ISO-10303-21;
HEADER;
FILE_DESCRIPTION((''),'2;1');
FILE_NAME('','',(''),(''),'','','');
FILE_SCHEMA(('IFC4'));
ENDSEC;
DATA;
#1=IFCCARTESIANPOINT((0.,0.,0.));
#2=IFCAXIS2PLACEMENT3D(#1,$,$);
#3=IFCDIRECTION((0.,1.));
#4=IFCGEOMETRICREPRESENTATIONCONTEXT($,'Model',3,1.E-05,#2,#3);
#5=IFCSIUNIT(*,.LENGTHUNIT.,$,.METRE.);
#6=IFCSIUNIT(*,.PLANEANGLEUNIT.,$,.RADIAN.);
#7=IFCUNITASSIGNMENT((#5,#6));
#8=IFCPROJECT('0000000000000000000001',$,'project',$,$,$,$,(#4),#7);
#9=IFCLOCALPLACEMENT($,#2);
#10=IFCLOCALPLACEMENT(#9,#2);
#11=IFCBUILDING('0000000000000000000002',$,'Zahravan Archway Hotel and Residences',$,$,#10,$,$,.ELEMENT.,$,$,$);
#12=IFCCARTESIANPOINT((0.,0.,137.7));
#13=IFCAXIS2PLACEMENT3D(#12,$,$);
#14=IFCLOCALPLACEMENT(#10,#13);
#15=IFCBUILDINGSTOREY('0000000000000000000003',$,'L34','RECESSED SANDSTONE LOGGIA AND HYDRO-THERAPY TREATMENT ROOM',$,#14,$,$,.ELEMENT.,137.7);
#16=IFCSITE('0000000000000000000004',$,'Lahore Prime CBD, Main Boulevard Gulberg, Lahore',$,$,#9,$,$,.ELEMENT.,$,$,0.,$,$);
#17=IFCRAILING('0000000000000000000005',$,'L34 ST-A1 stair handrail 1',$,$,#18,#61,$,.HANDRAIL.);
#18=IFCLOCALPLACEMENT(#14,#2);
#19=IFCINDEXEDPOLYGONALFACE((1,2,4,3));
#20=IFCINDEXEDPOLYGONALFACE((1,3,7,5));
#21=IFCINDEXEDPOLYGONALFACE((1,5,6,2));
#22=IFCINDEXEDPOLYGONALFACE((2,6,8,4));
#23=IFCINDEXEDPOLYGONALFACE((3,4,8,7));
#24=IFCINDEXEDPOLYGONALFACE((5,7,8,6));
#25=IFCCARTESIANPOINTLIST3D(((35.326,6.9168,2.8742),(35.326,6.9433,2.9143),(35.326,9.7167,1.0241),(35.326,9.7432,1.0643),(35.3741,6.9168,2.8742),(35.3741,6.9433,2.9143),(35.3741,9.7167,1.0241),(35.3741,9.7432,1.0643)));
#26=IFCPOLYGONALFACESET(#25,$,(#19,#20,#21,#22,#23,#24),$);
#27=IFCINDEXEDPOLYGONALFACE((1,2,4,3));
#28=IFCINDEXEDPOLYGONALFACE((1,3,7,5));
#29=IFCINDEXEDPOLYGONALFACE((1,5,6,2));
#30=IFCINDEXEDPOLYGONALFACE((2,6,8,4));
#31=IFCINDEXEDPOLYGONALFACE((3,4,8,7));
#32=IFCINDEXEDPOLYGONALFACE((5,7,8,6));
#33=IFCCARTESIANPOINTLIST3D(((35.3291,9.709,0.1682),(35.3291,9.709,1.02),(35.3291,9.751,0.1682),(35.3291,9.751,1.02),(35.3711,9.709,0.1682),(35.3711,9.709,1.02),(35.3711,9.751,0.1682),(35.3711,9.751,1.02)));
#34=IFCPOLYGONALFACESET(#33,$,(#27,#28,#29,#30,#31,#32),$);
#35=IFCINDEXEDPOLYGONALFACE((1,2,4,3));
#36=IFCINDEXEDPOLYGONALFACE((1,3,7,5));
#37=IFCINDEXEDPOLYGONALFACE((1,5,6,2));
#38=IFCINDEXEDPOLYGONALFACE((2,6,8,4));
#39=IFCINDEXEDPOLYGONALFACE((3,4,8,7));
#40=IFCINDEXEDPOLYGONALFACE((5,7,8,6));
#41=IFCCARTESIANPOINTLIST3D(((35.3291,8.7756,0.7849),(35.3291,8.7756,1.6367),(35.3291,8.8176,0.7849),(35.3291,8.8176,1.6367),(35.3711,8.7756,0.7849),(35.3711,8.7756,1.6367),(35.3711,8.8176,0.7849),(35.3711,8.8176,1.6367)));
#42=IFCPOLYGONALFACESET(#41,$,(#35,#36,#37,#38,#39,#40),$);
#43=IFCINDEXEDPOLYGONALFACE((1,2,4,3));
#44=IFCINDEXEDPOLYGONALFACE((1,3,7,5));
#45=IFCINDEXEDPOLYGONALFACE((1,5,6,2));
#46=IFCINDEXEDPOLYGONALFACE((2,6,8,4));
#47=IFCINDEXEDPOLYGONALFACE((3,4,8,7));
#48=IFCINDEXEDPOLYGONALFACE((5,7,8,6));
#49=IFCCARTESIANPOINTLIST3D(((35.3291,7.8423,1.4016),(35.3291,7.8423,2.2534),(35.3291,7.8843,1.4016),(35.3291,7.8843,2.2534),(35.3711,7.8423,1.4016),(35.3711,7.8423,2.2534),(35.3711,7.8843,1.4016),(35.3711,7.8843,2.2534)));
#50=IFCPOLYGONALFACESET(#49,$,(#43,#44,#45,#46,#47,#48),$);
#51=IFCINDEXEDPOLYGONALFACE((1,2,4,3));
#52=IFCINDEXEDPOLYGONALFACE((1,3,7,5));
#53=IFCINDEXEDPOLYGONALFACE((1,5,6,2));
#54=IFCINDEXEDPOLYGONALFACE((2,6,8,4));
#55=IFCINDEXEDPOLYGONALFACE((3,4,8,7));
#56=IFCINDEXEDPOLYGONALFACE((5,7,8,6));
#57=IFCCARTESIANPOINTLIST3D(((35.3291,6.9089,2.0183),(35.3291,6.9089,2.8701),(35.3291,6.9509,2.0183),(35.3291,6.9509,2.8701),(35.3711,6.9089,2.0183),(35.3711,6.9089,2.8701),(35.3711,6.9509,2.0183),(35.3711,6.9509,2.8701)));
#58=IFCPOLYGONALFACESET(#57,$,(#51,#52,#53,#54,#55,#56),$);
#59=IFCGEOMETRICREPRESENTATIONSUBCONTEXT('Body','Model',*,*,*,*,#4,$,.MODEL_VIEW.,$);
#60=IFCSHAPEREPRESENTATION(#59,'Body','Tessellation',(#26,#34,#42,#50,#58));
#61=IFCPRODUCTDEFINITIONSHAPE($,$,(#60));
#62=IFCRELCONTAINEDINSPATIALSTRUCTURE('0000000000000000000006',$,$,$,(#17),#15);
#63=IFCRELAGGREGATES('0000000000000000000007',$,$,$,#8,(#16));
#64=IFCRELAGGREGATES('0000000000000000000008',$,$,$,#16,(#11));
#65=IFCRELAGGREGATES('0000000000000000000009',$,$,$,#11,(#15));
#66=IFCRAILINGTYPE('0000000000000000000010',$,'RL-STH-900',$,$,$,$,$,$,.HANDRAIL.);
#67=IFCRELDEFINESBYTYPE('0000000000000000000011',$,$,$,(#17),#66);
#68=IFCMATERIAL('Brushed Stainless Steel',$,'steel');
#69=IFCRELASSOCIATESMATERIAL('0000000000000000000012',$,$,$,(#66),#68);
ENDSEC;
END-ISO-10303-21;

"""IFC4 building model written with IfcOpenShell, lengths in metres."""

from ifc_helpers import new_model, si_unit, direction, frame, origin, origin_2d, place, context, subcontext, project, spatial, rectangle, extrude, material, type_object, element, save


model = new_model("IFC4")

# Units and contexts
model_context = context("Model", 3, precision=1e-05, world=origin(), true_north=direction((0.0, 1.0)))
body_context = subcontext(model_context, "Body", "Model", "MODEL_VIEW")
ifc_project = project(units=[si_unit("LENGTHUNIT", "METRE"), si_unit("PLANEANGLEUNIT", "RADIAN")], contexts=[model_context])

# Site, building, storey
site_placement = place(None, origin())
site = spatial("IfcSite", under=ifc_project, at=site_placement, Name="Lahore Prime CBD, Main Boulevard Gulberg, Lahore", CompositionType="ELEMENT", RefElevation=0.0)
building_placement = place(site_placement, origin())
building = spatial("IfcBuilding", under=site, at=building_placement, Name="Zahravan Archway Hotel and Residences", CompositionType="ELEMENT")
storey_placement = place(building_placement, frame((0.0, 0.0, 137.7)))
storey = spatial("IfcBuildingStorey", under=building, at=storey_placement, Name="L34", Description="RECESSED SANDSTONE LOGGIA AND HYDRO-THERAPY TREATMENT ROOM", CompositionType="ELEMENT", Elevation=137.7)

# Railing
ifc_material_1 = material(Name="Brushed Stainless Steel", Category="steel")
railing_type = type_object("IfcRailingType", Name="RL-STH-900", PredefinedType="HANDRAIL", material=ifc_material_1)
railing_placement = place(storey_placement, frame((35.3501, 9.73, 0.1682)))
element("IfcRailing", 1, at=railing_placement, inside=storey, type_object=railing_type, Name="L34 ST-A1 stair handrail 1", PredefinedType="HANDRAIL", context=body_context, shape_type="SweptSolid", body=[
    extrude(rectangle(XDim=0.0481, YDim=0.0481, at=origin_2d()), frame((0.0, 0.0, 0.876), z_axis=(0.0, -0.834326, 0.551271), x_axis=(1.0, 0.0, 0.0)), (0.0, 0.0, 1.0), 3.356),
    extrude(rectangle(XDim=0.042, YDim=0.042, at=origin_2d()), origin(), (0.0, 0.0, 1.0), 0.8518),
    extrude(rectangle(XDim=0.042, YDim=0.042, at=origin_2d()), frame((0.0, -0.9333, 0.6167)), (0.0, 0.0, 1.0), 0.8518),
    extrude(rectangle(XDim=0.042, YDim=0.042, at=origin_2d()), frame((0.0, -1.8667, 1.2334)), (0.0, 0.0, 1.0), 0.8518),
    extrude(rectangle(XDim=0.042, YDim=0.042, at=origin_2d()), frame((0.0, -2.8, 1.8501)), (0.0, 0.0, 1.0), 0.8518),
])

save(model, "model.ifc")
